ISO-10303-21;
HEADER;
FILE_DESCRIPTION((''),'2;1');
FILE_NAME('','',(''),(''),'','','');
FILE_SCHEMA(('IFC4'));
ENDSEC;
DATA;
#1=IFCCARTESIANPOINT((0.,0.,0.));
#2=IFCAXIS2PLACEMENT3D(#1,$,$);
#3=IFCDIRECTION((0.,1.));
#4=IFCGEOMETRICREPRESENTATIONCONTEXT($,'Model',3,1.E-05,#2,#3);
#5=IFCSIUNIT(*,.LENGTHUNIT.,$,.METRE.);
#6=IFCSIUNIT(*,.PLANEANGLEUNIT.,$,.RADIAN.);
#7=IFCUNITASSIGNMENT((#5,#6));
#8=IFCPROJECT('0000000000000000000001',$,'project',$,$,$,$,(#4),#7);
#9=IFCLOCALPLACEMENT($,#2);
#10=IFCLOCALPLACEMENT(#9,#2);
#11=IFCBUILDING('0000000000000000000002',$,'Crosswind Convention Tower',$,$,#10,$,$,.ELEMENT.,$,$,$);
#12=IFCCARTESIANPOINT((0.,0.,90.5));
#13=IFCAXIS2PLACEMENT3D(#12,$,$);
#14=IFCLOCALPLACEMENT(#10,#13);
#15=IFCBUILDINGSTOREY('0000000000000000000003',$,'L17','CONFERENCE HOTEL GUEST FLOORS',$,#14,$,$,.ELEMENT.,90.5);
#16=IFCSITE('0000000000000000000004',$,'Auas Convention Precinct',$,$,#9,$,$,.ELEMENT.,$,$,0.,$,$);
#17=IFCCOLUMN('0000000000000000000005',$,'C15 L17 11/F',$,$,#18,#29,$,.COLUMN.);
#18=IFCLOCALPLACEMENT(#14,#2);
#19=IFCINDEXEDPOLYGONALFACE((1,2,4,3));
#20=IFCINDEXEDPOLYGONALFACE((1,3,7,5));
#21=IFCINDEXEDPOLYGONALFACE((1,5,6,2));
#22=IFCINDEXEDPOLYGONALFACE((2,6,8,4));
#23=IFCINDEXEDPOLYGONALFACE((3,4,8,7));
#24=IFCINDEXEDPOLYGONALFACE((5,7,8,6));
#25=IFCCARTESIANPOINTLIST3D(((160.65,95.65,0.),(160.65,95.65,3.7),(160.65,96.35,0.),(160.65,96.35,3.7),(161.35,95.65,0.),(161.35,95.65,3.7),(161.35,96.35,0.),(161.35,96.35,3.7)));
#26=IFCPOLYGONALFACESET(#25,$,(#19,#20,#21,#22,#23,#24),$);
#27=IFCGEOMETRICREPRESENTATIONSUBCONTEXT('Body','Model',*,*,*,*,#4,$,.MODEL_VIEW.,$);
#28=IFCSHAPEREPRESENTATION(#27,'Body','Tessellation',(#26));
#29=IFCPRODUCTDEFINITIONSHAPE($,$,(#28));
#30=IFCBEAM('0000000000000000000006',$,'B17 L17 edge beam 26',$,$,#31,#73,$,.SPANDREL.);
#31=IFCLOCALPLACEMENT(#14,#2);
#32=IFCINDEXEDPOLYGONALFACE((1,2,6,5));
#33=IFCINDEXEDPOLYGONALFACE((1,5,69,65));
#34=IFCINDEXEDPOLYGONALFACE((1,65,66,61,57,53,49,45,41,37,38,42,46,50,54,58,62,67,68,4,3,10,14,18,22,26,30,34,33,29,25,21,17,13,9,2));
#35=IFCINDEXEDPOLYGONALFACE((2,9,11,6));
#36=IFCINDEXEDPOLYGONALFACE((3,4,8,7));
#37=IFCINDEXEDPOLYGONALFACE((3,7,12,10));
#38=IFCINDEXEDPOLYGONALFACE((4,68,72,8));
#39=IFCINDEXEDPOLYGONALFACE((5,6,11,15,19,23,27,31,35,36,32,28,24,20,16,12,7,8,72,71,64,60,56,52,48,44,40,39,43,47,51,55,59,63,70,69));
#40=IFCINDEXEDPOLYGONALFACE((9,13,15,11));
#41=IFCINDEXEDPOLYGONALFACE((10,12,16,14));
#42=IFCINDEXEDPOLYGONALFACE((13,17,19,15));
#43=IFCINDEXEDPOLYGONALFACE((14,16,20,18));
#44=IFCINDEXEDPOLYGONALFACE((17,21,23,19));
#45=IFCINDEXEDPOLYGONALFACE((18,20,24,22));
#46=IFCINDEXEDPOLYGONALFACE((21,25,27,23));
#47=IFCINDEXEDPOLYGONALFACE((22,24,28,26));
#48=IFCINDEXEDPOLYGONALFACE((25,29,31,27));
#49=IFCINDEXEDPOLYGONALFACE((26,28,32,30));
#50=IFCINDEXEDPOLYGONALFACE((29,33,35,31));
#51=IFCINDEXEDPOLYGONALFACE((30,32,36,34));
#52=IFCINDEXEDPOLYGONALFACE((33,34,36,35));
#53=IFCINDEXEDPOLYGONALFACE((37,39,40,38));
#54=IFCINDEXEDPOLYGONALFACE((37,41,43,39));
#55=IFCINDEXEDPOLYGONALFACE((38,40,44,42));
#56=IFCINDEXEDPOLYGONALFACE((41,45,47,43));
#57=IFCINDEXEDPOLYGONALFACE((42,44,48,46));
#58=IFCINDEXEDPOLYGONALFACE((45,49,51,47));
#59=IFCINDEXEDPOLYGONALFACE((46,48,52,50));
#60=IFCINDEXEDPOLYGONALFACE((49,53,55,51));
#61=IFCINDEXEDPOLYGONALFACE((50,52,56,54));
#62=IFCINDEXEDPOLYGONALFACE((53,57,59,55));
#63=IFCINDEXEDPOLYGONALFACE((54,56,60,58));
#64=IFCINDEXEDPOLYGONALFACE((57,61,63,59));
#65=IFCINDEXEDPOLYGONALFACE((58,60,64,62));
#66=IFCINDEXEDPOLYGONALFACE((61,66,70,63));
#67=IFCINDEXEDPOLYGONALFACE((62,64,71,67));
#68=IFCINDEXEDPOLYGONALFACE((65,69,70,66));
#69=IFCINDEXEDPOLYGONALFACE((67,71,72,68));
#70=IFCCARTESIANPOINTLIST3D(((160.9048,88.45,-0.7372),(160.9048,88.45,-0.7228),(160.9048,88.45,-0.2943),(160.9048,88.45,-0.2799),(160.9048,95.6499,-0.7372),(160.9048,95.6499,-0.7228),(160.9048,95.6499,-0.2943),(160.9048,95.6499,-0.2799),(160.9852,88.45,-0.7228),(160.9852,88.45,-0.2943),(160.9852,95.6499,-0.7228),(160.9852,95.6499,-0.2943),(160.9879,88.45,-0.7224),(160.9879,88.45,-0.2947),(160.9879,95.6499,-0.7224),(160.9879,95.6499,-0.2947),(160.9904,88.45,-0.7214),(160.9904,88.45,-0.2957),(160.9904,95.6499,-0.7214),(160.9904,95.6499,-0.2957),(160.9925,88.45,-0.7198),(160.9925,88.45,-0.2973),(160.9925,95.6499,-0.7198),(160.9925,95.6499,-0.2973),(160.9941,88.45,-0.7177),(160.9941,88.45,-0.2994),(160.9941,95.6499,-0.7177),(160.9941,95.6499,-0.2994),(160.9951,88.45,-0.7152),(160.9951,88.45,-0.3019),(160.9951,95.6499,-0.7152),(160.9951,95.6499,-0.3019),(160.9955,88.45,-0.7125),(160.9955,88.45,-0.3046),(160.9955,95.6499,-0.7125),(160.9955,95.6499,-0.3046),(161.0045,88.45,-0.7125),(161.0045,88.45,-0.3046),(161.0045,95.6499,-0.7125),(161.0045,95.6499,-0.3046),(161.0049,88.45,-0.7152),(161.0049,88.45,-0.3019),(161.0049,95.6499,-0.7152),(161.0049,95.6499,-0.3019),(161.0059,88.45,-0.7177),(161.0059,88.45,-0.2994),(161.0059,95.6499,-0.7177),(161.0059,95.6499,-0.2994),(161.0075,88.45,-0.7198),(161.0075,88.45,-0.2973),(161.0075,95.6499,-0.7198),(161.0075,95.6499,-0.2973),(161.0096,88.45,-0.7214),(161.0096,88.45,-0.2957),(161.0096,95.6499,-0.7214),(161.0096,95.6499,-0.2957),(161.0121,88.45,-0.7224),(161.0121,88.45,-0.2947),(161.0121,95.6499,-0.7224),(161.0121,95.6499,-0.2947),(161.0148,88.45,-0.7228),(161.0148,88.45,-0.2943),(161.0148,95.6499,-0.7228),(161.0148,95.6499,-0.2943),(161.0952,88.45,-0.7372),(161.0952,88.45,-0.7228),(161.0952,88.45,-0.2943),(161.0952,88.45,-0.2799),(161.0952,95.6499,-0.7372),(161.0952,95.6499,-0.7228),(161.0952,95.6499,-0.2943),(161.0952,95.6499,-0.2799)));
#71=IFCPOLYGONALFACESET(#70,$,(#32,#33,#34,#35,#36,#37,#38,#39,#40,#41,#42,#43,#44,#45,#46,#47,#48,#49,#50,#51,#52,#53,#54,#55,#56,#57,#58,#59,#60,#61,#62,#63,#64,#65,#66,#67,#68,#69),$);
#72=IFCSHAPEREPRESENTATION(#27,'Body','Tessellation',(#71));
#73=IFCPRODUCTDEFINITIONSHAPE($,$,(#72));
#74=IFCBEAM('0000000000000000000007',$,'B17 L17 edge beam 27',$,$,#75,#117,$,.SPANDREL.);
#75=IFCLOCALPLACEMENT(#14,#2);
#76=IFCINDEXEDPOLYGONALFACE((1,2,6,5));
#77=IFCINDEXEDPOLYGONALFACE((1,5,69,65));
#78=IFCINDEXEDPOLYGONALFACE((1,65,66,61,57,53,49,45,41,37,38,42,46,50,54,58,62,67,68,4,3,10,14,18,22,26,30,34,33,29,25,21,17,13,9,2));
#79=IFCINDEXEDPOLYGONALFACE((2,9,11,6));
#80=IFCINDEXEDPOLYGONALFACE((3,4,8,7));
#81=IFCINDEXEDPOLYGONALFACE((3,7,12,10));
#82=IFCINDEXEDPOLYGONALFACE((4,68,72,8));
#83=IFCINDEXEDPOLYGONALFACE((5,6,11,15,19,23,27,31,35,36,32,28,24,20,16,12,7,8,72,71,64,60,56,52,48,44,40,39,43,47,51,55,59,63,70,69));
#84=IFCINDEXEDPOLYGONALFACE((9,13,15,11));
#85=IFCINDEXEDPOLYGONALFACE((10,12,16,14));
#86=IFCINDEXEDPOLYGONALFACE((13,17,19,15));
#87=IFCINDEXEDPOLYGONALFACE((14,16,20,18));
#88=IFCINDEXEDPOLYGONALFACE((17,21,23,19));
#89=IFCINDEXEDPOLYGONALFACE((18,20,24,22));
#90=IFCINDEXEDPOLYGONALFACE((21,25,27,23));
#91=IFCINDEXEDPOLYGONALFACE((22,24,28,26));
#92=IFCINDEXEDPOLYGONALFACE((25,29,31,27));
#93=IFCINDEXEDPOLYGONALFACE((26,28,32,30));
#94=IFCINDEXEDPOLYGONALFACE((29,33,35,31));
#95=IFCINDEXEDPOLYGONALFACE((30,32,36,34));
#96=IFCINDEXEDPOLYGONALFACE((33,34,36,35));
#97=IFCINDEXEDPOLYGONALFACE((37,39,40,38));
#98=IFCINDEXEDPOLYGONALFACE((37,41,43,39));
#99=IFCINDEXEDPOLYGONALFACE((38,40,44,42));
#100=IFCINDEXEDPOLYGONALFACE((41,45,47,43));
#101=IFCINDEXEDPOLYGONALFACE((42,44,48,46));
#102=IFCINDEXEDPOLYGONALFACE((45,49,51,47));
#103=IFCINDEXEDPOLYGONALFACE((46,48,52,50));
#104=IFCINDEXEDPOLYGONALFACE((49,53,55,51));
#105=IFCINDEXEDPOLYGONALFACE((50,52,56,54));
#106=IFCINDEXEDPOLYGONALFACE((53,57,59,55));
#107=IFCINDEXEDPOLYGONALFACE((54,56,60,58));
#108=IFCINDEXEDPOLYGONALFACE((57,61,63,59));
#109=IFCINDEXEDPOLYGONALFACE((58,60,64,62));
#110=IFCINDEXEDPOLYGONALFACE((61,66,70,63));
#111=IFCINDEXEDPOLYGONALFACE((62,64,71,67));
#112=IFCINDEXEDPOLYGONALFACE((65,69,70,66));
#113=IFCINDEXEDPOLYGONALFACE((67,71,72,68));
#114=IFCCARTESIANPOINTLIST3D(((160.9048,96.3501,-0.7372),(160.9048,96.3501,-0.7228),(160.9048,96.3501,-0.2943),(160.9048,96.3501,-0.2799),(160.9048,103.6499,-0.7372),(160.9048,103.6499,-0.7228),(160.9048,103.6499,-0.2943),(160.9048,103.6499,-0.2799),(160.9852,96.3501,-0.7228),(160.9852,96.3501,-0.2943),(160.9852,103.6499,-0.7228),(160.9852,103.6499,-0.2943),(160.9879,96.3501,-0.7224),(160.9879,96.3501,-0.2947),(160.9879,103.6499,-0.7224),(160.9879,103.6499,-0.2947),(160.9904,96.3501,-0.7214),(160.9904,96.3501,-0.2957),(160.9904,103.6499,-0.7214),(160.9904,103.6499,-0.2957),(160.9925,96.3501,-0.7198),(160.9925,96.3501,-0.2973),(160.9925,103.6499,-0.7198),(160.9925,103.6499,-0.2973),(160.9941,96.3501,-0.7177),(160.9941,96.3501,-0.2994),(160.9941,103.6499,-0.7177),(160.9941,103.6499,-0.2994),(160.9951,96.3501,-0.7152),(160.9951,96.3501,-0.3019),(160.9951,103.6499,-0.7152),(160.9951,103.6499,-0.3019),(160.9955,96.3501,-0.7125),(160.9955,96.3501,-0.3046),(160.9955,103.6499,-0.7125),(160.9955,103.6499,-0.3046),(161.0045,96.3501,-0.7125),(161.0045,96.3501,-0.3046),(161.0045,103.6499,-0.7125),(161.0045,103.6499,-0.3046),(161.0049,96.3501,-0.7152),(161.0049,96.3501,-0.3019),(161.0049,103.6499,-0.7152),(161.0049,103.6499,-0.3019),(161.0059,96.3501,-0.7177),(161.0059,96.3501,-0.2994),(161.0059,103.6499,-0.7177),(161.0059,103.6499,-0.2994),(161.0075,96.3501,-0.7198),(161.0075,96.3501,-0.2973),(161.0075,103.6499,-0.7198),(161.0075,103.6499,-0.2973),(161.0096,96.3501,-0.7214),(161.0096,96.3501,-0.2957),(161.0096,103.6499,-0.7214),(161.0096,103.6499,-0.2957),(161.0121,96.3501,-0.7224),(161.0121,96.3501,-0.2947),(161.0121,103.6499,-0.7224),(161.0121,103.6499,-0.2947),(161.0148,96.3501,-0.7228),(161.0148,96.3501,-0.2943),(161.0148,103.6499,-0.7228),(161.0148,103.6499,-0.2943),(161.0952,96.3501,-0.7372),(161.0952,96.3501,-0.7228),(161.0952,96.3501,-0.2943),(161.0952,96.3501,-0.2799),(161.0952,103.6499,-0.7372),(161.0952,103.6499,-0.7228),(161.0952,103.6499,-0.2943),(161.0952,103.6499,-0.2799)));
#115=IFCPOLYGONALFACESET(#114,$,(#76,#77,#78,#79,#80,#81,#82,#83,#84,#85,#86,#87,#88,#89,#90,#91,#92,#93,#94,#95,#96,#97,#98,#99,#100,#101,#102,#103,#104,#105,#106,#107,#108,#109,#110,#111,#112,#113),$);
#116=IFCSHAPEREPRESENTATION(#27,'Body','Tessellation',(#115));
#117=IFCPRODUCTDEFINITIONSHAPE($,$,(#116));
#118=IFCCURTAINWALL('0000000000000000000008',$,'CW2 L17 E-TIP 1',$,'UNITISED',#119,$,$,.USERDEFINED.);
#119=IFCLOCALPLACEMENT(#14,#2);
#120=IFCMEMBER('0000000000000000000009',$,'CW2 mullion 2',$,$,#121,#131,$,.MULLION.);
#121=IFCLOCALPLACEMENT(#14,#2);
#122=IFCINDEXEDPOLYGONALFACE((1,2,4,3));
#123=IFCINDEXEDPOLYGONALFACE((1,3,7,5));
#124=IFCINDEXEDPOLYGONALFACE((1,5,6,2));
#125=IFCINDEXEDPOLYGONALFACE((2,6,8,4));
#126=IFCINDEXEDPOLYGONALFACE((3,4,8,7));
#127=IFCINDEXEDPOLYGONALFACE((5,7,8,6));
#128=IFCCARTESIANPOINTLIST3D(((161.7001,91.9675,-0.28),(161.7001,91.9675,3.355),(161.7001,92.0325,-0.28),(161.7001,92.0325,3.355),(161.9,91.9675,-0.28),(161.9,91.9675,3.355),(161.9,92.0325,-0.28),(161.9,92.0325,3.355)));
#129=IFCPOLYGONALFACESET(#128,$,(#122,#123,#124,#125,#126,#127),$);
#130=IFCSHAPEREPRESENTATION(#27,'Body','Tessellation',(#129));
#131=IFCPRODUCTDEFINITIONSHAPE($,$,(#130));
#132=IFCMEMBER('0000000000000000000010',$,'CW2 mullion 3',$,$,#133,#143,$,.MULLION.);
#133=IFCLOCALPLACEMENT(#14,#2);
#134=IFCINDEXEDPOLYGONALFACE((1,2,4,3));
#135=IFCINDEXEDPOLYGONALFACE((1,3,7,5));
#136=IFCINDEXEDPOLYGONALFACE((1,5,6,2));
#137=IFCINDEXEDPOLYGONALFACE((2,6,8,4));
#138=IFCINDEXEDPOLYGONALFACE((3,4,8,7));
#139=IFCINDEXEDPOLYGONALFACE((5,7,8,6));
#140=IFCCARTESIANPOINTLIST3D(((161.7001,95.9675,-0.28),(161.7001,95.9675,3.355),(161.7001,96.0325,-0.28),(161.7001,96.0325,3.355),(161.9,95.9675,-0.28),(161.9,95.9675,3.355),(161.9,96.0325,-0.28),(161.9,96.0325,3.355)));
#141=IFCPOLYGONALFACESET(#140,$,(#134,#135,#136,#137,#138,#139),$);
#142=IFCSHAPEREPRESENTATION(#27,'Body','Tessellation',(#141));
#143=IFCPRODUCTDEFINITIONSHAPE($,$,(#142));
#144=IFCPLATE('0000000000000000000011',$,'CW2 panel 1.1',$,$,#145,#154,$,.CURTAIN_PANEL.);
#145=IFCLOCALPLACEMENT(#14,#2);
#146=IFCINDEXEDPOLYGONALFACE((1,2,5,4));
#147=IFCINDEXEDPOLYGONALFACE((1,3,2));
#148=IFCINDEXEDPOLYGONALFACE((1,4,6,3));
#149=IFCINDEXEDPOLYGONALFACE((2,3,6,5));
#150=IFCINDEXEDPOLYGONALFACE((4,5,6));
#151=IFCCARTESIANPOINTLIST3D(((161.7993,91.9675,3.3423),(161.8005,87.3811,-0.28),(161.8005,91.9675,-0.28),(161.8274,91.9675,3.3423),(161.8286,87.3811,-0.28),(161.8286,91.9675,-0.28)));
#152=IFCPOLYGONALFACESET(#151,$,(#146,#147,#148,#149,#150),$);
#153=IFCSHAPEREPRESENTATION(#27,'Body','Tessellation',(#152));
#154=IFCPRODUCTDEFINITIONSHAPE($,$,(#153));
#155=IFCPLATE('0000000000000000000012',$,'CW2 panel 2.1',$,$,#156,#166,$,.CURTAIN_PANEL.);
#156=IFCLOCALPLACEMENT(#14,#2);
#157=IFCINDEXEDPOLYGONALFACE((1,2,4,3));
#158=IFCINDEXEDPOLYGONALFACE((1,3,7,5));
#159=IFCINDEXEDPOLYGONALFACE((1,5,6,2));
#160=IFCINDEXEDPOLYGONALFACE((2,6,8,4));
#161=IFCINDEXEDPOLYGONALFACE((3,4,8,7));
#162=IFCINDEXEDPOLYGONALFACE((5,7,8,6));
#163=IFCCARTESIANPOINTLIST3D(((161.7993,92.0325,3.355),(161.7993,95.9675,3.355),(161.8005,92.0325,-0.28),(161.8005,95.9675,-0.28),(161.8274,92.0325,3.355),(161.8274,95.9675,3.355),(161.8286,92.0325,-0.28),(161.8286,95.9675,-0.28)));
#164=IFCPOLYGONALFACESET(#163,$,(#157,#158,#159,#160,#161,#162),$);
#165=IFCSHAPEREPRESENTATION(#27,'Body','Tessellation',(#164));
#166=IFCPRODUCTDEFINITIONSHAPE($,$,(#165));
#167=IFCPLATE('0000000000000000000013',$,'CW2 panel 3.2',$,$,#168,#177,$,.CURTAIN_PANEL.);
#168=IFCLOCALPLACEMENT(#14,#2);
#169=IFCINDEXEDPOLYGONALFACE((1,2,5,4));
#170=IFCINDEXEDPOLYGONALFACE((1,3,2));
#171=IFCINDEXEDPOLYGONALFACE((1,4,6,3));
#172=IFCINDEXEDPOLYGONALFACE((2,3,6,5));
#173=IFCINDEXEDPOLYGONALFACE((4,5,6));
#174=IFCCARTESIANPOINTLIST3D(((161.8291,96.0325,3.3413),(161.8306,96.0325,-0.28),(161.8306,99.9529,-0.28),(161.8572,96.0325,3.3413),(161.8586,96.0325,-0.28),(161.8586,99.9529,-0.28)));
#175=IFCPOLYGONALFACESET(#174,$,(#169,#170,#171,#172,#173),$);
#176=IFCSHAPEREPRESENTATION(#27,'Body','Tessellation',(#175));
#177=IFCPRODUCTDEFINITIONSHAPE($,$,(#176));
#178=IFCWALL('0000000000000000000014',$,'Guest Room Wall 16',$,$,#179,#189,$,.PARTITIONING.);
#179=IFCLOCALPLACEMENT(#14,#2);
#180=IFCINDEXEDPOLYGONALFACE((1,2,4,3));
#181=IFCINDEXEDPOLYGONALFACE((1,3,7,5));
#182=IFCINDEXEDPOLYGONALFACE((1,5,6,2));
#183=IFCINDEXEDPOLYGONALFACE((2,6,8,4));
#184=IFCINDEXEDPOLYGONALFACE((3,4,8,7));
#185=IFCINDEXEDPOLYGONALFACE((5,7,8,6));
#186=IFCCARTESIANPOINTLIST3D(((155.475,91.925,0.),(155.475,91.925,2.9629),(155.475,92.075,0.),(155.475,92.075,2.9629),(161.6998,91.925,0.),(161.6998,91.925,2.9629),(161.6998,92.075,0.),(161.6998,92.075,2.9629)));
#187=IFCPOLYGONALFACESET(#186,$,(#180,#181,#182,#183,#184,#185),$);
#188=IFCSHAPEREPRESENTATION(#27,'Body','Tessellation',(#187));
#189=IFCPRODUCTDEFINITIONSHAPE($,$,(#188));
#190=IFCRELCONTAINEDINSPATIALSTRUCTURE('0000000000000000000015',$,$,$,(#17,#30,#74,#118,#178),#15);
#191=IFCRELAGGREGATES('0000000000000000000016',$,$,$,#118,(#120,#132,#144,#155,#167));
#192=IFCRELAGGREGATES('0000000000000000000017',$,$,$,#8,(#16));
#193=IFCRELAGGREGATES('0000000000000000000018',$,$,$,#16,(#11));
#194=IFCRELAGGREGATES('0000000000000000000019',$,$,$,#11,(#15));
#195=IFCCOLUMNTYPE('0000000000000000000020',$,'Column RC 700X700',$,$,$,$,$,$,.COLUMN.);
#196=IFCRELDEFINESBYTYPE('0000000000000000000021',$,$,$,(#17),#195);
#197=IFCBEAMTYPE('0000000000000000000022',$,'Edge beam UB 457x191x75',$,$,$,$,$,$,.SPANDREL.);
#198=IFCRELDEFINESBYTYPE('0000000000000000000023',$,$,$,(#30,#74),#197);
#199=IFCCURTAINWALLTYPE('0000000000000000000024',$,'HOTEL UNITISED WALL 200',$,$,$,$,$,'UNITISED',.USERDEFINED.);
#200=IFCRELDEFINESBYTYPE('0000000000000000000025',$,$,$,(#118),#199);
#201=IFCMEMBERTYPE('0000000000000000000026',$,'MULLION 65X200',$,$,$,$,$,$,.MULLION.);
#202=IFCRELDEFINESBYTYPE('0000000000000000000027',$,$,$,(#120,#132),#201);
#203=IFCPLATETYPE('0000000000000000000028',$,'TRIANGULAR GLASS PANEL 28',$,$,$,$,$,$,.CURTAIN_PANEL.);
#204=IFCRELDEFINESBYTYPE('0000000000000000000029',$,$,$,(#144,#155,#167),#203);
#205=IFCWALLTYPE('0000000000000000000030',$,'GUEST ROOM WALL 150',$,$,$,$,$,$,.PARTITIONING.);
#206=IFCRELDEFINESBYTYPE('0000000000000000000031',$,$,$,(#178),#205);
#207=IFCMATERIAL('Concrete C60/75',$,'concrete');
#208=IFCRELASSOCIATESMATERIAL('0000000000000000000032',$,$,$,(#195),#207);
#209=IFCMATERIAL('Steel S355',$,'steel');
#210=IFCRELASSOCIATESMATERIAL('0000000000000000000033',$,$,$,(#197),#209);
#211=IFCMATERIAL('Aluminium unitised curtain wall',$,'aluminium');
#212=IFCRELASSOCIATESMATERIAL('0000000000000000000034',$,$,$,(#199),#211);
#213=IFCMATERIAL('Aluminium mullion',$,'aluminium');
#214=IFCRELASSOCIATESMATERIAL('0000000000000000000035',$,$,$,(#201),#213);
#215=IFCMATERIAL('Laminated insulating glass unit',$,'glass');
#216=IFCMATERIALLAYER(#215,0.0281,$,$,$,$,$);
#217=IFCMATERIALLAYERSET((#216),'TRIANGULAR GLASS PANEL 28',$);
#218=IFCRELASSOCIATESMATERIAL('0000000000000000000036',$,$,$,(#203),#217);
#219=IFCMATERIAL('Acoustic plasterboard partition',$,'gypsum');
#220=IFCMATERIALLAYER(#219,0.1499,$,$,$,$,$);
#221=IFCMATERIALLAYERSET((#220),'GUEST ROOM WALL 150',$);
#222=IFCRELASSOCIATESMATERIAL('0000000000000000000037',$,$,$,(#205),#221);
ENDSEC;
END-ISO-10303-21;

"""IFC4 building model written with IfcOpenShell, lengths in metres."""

from ifc_helpers import new_model, si_unit, direction, frame, frame_2d, origin, origin_2d, place, context, subcontext, project, spatial, polyline, rectangle, i_section, outline, extrude, material, layer, layer_set, material_profile, profile_set, type_object, element, aggregate, save


model = new_model("IFC4")

# Units and contexts
model_context = context("Model", 3, precision=1e-05, world=origin(), true_north=direction((0.0, 1.0)))
body_context = subcontext(model_context, "Body", "Model", "MODEL_VIEW")
ifc_project = project(units=[si_unit("LENGTHUNIT", "METRE"), si_unit("PLANEANGLEUNIT", "RADIAN")], contexts=[model_context])

# Site, building, storey
site_placement = place(None, origin())
site = spatial("IfcSite", under=ifc_project, at=site_placement, Name="Auas Convention Precinct", CompositionType="ELEMENT", RefElevation=0.0)
building_placement = place(site_placement, origin())
building = spatial("IfcBuilding", under=site, at=building_placement, Name="Crosswind Convention Tower", CompositionType="ELEMENT")
storey_placement = place(building_placement, frame((0.0, 0.0, 90.5)))
storey = spatial("IfcBuildingStorey", under=building, at=storey_placement, Name="L17", Description="CONFERENCE HOTEL GUEST FLOORS", CompositionType="ELEMENT", Elevation=90.5)

# Column
ifc_material_1 = material(Name="Concrete C60/75", Category="concrete")
ifc_material_profile_1 = material_profile(ifc_material_1, rectangle(XDim=0.7, YDim=0.7, at=origin_2d()), Name="RC 700X700")
ifc_profile_set_1 = profile_set([ifc_material_profile_1], Name="Concrete C60/75")
column_type = type_object("IfcColumnType", Name="Column RC 700X700", PredefinedType="COLUMN", material=ifc_profile_set_1)
column_placement = place(storey_placement, frame((161.0, 96.0, 0.0), z_axis=(0.0, 0.0, 1.0), x_axis=(1.0, 0.0, 0.0)))
element("IfcColumn", 1, at=column_placement, inside=storey, type_object=column_type, Name="C15 L17 11/F", PredefinedType="COLUMN", context=body_context, shape_type="SweptSolid", body=[
    extrude(rectangle(XDim=0.7, YDim=0.7, at=origin_2d()), origin(), (0.0, 0.0, 1.0), 3.7),
])

# Beams
ifc_material_2 = material(Name="Steel S355", Category="steel")
ifc_material_profile_2 = material_profile(ifc_material_2, i_section(OverallWidth=0.1904, OverallDepth=0.4573, WebThickness=0.009, FlangeThickness=0.0144, FilletRadius=0.0103, at=origin_2d()), Name="UB 457x191x75")
ifc_profile_set_2 = profile_set([ifc_material_profile_2], Name="Steel S355")
beam_type = type_object("IfcBeamType", Name="Edge beam UB 457x191x75", PredefinedType="SPANDREL", material=ifc_profile_set_2)
beam_1_placement = place(storey_placement, frame((161.0, 88.45, -0.5085), z_axis=(0.0, 1.0, 0.0), x_axis=(-1.0, 0.0, 0.0)))
element("IfcBeam", 2, at=beam_1_placement, inside=storey, type_object=beam_type, Name="B17 L17 edge beam 26", PredefinedType="SPANDREL", context=body_context, shape_type="SweptSolid", body=[
    extrude(i_section(OverallWidth=0.1904, OverallDepth=0.4573, WebThickness=0.009, FlangeThickness=0.0144, FilletRadius=0.0103, at=origin_2d()), origin(), (0.0, 0.0, 1.0), 7.2),
])
beam_2_placement = place(storey_placement, frame((161.0, 96.3501, -0.5085), z_axis=(0.0, 1.0, 0.0), x_axis=(-1.0, 0.0, 0.0)))
element("IfcBeam", 3, at=beam_2_placement, inside=storey, type_object=beam_type, Name="B17 L17 edge beam 27", PredefinedType="SPANDREL", context=body_context, shape_type="SweptSolid", body=[
    extrude(i_section(OverallWidth=0.1904, OverallDepth=0.4573, WebThickness=0.009, FlangeThickness=0.0144, FilletRadius=0.0103, at=origin_2d()), origin(), (0.0, 0.0, 1.0), 7.2998),
])

# Curtain wall, members, plates
ifc_material_3 = material(Name="Aluminium unitised curtain wall", Category="aluminium")
curtain_wall_type = type_object("IfcCurtainWallType", Name="HOTEL UNITISED WALL 200", ElementType="UNITISED", PredefinedType="USERDEFINED", material=ifc_material_3)
curtain_wall_placement = place(storey_placement, origin())
curtain_wall = element("IfcCurtainWall", 4, at=curtain_wall_placement, inside=storey, type_object=curtain_wall_type, Name="CW2 L17 E-TIP 1", ObjectType="UNITISED", PredefinedType="USERDEFINED")
ifc_material_4 = material(Name="Aluminium mullion", Category="aluminium")
ifc_material_profile_3 = material_profile(ifc_material_4, rectangle(XDim=0.2, YDim=0.0649, at=origin_2d()), Name="AL 200X65")
ifc_profile_set_3 = profile_set([ifc_material_profile_3], Name="Aluminium mullion")
member_type = type_object("IfcMemberType", Name="MULLION 65X200", PredefinedType="MULLION", material=ifc_profile_set_3)
member_1_placement = place(storey_placement, frame((161.8, 92.0, -0.28), z_axis=(0.0, 0.0, 1.0), x_axis=(1.0, 0.0, 0.0)))
member_1 = element("IfcMember", 5, at=member_1_placement, type_object=member_type, Name="CW2 mullion 2", PredefinedType="MULLION", context=body_context, shape_type="SweptSolid", body=[
    extrude(rectangle(XDim=0.2, YDim=0.0649, at=origin_2d()), origin(), (0.0, 0.0, 1.0), 3.635),
])
member_2_placement = place(storey_placement, frame((161.8, 96.0, -0.28), z_axis=(0.0, 0.0, 1.0), x_axis=(1.0, 0.0, 0.0)))
member_2 = element("IfcMember", 6, at=member_2_placement, type_object=member_type, Name="CW2 mullion 3", PredefinedType="MULLION", context=body_context, shape_type="SweptSolid", body=[
    extrude(rectangle(XDim=0.2, YDim=0.0649, at=origin_2d()), origin(), (0.0, 0.0, 1.0), 3.635),
])
ifc_material_5 = material(Name="Laminated insulating glass unit", Category="glass")
ifc_layer_1 = layer(ifc_material_5, 0.0281)
ifc_layer_set_1 = layer_set([ifc_layer_1], Name="TRIANGULAR GLASS PANEL 28")
plate_type = type_object("IfcPlateType", Name="TRIANGULAR GLASS PANEL 28", PredefinedType="CURTAIN_PANEL", material=ifc_layer_set_1)
plate_1_placement = place(storey_placement, frame((161.8286, 91.9675, -0.28), z_axis=(1.0, 0.0, 0.000337), x_axis=(-0.000337, 0.0, 1.0)))
plate_1 = element("IfcPlate", 7, at=plate_1_placement, type_object=plate_type, Name="CW2 panel 1.1", PredefinedType="CURTAIN_PANEL", context=body_context, shape_type="SweptSolid", body=[
    extrude(outline(polyline([(0.0, 0.0), (3.6223, 0.0), (0.0, 4.5864), (0.0, 0.0)])), origin(), (0.0, 0.0, -1.0), 0.0281),
])
plate_2_placement = place(storey_placement, frame((161.8286, 92.0325, -0.28), z_axis=(1.0, 0.0, 0.000336), x_axis=(0.0, 1.0, 0.0)))
plate_2 = element("IfcPlate", 8, at=plate_2_placement, type_object=plate_type, Name="CW2 panel 2.1", PredefinedType="CURTAIN_PANEL", context=body_context, shape_type="SweptSolid", body=[
    extrude(outline(polyline([(0.0, 0.0), (3.9351, 0.0), (3.9351, 3.635), (0.0, 3.635), (0.0, 0.0)])), origin(), (0.0, 0.0, -1.0), 0.0281),
])
plate_3_placement = place(storey_placement, frame((161.8586, 96.0325, -0.28), z_axis=(1.0, 0.0, 0.000405), x_axis=(0.0, 1.0, 0.0)))
plate_3 = element("IfcPlate", 9, at=plate_3_placement, type_object=plate_type, Name="CW2 panel 3.2", PredefinedType="CURTAIN_PANEL", context=body_context, shape_type="SweptSolid", body=[
    extrude(outline(polyline([(0.0, 0.0), (3.9204, 0.0), (0.0, 3.6213), (0.0, 0.0)])), origin(), (0.0, 0.0, -1.0), 0.0281),
])
aggregate(curtain_wall, [member_1, member_2, plate_1, plate_2, plate_3])

# Wall
ifc_material_6 = material(Name="Acoustic plasterboard partition", Category="gypsum")
ifc_layer_2 = layer(ifc_material_6, 0.1499)
ifc_layer_set_2 = layer_set([ifc_layer_2], Name="GUEST ROOM WALL 150")
wall_type_1 = type_object("IfcWallType", Name="GUEST ROOM WALL 150", PredefinedType="PARTITIONING", material=ifc_layer_set_2)
wall_1_placement = place(storey_placement, frame((155.4751, 92.0, 0.0), z_axis=(0.0, 0.0, 1.0), x_axis=(1.0, 0.0, 0.0)))
element("IfcWall", 10, at=wall_1_placement, inside=storey, type_object=wall_type_1, Name="Guest Room Wall 16", PredefinedType="PARTITIONING", context=body_context, shape_type="SweptSolid", body=[
    extrude(rectangle(XDim=6.2249, YDim=0.1499, at=frame_2d((3.1123, 0.0))), origin(), (0.0, 0.0, 1.0), 2.9629),
])

save(model, "model.ifc")
